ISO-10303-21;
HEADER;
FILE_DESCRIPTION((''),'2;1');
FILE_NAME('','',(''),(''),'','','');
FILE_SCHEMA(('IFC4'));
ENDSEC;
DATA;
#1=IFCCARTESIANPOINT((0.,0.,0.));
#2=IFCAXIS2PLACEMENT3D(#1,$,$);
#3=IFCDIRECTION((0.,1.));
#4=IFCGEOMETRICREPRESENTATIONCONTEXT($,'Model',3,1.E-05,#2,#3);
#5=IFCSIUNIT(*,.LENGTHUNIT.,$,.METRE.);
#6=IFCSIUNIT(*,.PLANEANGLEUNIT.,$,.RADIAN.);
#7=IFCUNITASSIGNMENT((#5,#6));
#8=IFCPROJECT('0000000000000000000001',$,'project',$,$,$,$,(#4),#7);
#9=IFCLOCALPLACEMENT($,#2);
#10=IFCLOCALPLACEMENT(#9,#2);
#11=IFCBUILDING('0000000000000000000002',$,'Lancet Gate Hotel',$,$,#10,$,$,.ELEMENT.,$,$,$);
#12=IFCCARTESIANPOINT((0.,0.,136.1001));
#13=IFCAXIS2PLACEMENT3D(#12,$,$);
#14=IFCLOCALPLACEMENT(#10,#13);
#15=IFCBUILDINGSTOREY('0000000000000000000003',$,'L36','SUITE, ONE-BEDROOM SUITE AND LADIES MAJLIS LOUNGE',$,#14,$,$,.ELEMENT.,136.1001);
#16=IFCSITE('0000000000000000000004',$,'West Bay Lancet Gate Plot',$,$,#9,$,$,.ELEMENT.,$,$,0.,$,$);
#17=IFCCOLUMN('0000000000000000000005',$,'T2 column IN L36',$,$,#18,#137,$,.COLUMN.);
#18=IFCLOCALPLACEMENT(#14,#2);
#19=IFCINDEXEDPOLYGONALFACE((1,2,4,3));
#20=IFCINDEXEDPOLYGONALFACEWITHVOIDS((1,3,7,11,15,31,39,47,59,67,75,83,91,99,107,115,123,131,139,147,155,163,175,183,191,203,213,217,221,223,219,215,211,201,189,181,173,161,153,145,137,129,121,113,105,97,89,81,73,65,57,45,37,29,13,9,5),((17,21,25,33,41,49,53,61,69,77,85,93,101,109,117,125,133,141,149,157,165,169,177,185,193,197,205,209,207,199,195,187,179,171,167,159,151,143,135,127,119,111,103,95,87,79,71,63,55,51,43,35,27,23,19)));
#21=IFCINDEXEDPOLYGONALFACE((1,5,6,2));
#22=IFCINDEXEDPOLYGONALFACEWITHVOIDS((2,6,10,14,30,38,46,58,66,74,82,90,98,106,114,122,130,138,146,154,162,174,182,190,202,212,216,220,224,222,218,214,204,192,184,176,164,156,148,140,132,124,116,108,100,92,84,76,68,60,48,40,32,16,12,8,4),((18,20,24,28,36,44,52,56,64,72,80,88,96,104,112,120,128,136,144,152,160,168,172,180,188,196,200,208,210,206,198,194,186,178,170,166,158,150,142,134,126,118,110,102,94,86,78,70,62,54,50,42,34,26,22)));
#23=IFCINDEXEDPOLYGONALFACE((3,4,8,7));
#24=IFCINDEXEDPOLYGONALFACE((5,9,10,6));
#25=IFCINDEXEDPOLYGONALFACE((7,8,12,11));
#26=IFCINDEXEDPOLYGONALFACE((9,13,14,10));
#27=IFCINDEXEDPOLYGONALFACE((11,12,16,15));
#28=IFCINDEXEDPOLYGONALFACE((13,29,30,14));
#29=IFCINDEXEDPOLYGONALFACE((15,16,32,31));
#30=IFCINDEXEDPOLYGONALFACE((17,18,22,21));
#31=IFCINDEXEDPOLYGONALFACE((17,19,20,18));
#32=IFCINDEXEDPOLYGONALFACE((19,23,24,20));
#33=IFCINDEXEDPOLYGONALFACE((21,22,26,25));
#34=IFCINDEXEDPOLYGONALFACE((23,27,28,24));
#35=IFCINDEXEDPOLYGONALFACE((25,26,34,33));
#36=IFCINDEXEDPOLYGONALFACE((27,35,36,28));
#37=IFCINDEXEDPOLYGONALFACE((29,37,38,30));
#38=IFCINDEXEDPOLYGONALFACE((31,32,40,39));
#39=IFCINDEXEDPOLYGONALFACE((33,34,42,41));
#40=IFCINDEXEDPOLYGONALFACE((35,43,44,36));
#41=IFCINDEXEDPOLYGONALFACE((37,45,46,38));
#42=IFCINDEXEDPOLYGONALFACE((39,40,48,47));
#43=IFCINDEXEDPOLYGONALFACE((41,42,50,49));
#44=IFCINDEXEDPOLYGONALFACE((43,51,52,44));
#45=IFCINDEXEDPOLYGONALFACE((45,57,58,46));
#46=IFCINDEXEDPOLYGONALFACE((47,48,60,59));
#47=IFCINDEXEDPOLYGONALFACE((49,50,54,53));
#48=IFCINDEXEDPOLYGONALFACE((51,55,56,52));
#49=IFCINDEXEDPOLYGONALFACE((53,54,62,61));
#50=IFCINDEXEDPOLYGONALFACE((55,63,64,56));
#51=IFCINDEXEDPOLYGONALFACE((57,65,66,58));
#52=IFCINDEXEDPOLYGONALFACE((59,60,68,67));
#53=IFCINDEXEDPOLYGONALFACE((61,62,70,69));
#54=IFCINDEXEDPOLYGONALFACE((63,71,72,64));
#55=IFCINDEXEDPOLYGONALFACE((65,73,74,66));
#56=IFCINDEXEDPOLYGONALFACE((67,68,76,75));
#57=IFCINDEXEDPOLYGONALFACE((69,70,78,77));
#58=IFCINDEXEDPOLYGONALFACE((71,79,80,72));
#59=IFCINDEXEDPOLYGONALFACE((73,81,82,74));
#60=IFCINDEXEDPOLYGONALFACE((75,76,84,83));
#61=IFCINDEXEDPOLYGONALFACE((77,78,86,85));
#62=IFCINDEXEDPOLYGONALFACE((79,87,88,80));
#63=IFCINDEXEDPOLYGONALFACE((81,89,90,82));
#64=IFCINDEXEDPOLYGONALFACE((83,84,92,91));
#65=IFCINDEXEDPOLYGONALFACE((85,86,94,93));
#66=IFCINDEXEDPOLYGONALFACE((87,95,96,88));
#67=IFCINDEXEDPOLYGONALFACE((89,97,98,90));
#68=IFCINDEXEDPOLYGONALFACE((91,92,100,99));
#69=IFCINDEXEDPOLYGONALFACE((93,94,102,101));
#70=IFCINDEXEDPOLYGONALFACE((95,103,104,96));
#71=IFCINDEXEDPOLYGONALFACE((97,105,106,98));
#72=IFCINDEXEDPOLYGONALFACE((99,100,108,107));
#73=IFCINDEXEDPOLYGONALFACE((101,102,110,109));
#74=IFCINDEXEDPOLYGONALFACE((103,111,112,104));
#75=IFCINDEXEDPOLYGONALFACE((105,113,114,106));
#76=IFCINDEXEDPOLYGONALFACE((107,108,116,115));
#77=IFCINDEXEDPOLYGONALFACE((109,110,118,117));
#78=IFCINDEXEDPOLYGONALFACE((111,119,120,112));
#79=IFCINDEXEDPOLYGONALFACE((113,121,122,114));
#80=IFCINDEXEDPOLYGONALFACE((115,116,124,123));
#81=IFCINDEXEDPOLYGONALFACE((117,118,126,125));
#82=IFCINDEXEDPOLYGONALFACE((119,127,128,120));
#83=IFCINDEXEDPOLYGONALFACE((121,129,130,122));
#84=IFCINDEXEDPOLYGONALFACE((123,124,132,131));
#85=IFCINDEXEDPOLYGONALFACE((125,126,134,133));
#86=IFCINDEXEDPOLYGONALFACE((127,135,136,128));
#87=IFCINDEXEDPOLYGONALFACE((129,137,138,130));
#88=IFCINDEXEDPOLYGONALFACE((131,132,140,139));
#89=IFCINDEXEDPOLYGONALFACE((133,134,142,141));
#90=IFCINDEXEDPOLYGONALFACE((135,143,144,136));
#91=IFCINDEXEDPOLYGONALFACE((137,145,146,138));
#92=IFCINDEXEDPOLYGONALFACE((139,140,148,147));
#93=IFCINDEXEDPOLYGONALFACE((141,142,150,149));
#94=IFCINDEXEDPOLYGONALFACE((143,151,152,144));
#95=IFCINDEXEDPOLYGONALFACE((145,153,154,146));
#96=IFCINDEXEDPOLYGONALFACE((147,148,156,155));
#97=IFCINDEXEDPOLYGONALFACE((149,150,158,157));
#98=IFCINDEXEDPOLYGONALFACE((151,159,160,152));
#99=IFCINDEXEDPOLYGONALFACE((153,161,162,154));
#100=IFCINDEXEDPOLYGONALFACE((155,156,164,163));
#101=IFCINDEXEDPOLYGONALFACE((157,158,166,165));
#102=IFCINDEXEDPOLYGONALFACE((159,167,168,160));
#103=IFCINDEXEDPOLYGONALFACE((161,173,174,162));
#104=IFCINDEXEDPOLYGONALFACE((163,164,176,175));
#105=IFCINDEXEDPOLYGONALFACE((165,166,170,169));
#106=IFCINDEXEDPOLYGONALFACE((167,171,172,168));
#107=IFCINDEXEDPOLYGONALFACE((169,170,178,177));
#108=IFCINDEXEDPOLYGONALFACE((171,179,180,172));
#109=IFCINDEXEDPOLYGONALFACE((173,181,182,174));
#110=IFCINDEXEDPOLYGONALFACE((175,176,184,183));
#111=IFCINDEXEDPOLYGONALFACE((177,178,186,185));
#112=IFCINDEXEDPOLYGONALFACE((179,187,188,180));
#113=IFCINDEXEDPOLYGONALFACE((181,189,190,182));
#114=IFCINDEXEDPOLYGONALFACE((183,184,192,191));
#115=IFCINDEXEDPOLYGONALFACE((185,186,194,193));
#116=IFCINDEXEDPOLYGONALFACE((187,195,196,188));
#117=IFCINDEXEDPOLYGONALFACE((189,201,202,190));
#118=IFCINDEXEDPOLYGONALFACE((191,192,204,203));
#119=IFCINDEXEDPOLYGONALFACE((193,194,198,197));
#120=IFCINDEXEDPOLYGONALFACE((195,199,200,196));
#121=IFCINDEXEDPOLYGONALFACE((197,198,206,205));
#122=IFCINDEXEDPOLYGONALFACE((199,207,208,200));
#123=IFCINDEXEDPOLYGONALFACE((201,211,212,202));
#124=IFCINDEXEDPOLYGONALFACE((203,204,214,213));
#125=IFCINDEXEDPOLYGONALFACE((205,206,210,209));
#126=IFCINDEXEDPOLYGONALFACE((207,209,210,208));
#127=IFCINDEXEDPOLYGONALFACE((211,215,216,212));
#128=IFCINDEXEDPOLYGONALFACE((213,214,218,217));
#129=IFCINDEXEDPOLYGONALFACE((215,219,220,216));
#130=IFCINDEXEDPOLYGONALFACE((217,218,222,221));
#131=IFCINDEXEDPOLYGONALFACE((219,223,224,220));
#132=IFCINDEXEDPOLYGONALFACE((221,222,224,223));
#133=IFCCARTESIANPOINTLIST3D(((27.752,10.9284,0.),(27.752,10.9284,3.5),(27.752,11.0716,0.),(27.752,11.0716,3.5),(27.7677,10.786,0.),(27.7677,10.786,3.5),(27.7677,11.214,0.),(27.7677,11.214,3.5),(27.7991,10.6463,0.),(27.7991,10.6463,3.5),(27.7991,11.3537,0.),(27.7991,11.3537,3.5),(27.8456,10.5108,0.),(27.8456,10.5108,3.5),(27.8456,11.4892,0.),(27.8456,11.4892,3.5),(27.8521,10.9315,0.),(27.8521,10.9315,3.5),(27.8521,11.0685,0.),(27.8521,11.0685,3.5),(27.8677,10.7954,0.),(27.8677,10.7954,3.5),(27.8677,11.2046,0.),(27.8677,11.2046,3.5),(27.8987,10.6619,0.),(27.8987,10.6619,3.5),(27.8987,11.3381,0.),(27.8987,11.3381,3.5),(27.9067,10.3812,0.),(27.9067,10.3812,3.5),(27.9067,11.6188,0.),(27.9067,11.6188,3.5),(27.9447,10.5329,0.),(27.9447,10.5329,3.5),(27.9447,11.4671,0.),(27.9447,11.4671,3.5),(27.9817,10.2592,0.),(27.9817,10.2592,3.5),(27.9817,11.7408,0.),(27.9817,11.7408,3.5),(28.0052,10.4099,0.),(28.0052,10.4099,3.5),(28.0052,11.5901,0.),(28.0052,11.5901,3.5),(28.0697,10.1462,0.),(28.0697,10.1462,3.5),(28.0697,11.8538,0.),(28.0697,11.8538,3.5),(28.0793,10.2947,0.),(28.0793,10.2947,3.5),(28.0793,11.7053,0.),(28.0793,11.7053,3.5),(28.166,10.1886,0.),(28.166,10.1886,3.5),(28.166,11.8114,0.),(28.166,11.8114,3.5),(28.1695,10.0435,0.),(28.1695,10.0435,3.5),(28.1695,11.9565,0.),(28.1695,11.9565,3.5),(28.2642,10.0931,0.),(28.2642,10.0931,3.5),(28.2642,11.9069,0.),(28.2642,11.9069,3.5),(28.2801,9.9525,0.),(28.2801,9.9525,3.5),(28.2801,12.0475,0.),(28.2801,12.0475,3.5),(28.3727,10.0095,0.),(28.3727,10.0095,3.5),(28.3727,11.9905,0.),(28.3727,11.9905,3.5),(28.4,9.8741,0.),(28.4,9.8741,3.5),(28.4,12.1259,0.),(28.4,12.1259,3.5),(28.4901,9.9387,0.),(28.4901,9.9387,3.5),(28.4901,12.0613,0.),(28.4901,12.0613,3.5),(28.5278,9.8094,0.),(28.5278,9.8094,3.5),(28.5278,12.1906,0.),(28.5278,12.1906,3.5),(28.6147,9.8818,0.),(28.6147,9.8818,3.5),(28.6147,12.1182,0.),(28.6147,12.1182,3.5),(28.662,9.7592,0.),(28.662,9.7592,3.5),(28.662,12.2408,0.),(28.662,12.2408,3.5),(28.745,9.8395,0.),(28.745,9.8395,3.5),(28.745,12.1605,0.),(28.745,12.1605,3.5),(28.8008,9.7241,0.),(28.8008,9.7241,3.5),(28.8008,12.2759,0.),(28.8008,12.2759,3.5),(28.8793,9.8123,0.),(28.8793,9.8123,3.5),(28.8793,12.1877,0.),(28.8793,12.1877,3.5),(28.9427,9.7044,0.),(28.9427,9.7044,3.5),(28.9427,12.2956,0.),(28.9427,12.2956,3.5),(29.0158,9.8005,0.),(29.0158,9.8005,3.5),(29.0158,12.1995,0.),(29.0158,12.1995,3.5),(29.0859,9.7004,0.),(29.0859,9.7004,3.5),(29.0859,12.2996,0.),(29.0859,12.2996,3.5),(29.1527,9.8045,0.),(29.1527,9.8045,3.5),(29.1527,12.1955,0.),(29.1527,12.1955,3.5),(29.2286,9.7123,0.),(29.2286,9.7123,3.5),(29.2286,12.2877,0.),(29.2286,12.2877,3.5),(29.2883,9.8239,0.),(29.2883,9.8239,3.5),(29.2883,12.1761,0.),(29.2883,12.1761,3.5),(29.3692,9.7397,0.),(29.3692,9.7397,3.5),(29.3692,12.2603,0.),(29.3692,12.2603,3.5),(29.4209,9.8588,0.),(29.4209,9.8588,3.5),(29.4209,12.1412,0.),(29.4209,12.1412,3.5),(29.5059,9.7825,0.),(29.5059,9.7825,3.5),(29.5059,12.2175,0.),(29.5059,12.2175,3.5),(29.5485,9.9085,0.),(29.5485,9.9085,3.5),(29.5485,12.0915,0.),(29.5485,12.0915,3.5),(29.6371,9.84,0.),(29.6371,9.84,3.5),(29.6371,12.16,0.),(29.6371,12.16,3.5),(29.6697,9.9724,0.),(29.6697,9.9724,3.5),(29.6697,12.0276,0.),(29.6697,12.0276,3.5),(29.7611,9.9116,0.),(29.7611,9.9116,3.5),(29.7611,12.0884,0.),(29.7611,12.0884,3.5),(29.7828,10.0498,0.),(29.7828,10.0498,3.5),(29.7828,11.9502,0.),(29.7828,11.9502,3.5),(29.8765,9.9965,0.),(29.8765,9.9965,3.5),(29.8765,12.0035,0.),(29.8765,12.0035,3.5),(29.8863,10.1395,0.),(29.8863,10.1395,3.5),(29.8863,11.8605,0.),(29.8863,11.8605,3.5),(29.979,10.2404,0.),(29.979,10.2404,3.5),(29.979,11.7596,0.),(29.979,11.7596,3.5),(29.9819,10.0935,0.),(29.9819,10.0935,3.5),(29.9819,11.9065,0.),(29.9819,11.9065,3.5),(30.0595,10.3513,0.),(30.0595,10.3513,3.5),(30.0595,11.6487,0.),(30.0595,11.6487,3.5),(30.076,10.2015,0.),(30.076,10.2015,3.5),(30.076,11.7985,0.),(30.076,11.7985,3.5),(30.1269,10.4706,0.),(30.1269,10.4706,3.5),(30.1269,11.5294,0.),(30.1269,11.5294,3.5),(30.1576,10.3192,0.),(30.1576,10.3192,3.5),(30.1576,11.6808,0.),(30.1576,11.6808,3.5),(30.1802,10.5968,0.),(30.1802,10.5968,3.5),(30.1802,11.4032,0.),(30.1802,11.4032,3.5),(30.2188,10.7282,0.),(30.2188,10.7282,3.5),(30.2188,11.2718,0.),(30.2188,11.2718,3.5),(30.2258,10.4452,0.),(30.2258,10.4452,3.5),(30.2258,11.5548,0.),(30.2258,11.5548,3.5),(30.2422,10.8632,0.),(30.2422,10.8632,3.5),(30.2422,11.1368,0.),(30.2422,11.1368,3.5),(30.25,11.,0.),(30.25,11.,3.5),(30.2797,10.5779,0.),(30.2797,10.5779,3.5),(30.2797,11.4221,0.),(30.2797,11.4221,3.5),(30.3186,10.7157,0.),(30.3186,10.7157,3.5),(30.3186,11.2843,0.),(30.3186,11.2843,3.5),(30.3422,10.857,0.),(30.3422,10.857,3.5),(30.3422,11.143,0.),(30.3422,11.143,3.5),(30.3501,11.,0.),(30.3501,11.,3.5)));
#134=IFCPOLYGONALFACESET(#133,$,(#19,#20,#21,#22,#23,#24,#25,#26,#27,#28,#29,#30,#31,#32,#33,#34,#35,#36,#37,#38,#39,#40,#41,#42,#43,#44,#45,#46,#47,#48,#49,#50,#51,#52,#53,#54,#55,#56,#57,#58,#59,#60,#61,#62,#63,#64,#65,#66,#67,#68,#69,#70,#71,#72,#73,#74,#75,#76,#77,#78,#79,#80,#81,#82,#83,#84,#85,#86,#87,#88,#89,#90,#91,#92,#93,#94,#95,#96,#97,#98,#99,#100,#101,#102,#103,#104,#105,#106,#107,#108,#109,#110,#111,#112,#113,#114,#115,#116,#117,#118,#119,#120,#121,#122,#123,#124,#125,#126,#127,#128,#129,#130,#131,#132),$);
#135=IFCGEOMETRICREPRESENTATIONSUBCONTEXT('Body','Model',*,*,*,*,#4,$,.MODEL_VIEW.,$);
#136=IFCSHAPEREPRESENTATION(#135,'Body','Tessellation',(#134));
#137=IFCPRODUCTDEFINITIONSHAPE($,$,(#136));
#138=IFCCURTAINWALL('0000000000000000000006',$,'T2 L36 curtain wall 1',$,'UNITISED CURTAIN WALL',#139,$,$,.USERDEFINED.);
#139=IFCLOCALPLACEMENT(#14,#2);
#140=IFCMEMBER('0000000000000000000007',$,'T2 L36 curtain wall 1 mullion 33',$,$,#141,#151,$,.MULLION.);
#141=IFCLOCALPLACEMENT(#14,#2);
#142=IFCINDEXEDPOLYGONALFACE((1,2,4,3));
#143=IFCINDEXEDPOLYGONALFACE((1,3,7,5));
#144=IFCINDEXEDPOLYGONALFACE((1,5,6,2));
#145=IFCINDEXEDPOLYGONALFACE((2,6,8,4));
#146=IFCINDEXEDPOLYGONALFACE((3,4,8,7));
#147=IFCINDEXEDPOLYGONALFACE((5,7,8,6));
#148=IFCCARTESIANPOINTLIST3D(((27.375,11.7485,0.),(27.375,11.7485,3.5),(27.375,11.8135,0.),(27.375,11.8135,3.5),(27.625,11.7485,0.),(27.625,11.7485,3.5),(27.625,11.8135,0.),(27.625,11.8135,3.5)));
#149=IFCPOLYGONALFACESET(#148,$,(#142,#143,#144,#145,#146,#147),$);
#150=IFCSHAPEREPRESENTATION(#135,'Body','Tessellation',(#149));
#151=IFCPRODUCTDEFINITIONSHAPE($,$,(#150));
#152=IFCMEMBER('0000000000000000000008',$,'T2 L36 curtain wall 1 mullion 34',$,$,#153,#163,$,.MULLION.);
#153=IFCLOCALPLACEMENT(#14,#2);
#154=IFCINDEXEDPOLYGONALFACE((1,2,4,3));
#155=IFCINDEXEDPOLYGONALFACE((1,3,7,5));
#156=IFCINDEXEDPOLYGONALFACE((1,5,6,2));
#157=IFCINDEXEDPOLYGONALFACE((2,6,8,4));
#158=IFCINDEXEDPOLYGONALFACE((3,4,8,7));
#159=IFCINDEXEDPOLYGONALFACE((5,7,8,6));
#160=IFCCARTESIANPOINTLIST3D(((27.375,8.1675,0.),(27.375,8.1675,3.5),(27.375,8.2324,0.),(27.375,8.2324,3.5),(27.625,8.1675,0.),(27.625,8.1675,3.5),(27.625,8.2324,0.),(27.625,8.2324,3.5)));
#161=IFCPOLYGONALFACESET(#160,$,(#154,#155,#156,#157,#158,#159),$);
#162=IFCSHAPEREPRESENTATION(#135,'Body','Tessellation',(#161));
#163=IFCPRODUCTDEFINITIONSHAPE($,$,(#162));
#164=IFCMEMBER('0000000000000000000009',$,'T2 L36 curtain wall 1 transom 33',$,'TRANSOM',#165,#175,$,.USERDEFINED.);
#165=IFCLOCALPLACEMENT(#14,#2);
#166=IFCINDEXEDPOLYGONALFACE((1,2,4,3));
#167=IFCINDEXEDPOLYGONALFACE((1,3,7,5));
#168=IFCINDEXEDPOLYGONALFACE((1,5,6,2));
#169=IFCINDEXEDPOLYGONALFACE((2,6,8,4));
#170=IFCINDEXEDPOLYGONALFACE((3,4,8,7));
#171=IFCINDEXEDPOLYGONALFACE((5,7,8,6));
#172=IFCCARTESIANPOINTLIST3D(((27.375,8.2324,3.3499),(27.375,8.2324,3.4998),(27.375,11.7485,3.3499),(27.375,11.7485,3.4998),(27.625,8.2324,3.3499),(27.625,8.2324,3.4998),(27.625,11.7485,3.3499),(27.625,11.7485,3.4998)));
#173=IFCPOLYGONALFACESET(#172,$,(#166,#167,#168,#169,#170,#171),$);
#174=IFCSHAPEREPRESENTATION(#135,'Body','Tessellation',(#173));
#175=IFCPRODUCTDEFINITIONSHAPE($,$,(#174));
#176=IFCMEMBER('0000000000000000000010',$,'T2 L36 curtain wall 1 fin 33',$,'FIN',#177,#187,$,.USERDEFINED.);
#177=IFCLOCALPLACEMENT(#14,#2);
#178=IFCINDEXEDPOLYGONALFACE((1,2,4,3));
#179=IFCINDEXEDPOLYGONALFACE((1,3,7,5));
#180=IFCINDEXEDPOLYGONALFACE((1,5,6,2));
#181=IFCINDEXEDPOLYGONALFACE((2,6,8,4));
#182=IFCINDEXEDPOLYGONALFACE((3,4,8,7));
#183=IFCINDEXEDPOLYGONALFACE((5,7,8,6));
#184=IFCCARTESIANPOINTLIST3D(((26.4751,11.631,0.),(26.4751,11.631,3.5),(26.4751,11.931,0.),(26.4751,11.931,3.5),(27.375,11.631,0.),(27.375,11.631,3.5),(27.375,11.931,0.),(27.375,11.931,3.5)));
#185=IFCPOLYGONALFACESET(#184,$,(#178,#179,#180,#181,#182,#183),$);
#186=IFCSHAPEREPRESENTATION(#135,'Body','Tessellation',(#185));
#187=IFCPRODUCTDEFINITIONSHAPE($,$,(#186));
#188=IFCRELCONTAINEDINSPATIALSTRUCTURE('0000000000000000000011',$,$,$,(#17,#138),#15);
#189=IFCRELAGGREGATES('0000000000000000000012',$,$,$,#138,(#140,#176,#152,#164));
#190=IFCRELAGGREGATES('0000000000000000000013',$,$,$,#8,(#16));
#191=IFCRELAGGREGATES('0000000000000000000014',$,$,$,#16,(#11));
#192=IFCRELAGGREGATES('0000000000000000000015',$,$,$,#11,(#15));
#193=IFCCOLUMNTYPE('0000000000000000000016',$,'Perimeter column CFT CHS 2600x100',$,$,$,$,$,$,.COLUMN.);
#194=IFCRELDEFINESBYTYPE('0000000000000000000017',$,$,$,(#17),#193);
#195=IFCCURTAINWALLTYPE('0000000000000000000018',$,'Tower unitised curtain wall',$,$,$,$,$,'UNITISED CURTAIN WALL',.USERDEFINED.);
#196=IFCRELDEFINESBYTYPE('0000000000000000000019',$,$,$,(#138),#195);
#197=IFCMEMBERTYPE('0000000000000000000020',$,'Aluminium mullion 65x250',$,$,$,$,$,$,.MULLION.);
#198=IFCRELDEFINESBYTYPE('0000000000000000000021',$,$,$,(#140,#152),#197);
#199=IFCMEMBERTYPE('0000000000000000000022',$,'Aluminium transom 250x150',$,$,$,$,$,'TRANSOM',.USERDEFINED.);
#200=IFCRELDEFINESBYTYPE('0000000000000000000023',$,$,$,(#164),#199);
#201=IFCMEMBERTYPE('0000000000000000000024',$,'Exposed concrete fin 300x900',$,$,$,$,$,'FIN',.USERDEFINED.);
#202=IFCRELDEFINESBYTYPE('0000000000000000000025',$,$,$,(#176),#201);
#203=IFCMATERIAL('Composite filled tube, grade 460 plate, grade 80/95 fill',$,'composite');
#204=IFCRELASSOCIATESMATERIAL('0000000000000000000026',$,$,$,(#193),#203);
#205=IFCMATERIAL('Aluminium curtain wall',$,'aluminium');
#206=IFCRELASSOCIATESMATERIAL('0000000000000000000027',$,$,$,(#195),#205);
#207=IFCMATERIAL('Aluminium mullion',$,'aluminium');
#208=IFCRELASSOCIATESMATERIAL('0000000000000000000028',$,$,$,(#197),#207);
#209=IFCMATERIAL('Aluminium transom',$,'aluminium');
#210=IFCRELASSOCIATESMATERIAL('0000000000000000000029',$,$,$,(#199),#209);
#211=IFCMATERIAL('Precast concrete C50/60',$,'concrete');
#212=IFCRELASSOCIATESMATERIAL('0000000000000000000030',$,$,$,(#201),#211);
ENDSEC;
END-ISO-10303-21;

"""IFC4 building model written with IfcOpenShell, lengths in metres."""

from ifc_helpers import new_model, si_unit, direction, frame, origin, origin_2d, place, context, subcontext, project, spatial, rectangle, hollow_circle, extrude, material, material_profile, profile_set, type_object, element, aggregate, save


model = new_model("IFC4")

# Units and contexts
model_context = context("Model", 3, precision=1e-05, world=origin(), true_north=direction((0.0, 1.0)))
body_context = subcontext(model_context, "Body", "Model", "MODEL_VIEW")
ifc_project = project(units=[si_unit("LENGTHUNIT", "METRE"), si_unit("PLANEANGLEUNIT", "RADIAN")], contexts=[model_context])

# Site, building, storey
site_placement = place(None, origin())
site = spatial("IfcSite", under=ifc_project, at=site_placement, Name="West Bay Lancet Gate Plot", CompositionType="ELEMENT", RefElevation=0.0)
building_placement = place(site_placement, origin())
building = spatial("IfcBuilding", under=site, at=building_placement, Name="Lancet Gate Hotel", CompositionType="ELEMENT")
storey_placement = place(building_placement, frame((0.0, 0.0, 136.1001)))
storey = spatial("IfcBuildingStorey", under=building, at=storey_placement, Name="L36", Description="SUITE, ONE-BEDROOM SUITE AND LADIES MAJLIS LOUNGE", CompositionType="ELEMENT", Elevation=136.1001)

# Column
ifc_material_1 = material(Name="Composite filled tube, grade 460 plate, grade 80/95 fill", Category="composite")
ifc_material_profile_1 = material_profile(ifc_material_1, hollow_circle(Radius=1.3, WallThickness=0.1001, at=origin_2d()), Name="CHS 2600x100")
ifc_profile_set_1 = profile_set([ifc_material_profile_1], Name="Composite filled tube, grade 460 plate, grade 80/95 fill")
column_type = type_object("IfcColumnType", Name="Perimeter column CFT CHS 2600x100", PredefinedType="COLUMN", material=ifc_profile_set_1)
column_placement = place(storey_placement, frame((29.05, 11.0, 0.0), z_axis=(0.0, 0.0, 1.0), x_axis=(1.0, 0.0, 0.0)))
element("IfcColumn", 1, at=column_placement, inside=storey, type_object=column_type, Name="T2 column IN L36", PredefinedType="COLUMN", context=body_context, shape_type="SweptSolid", body=[
    extrude(hollow_circle(Radius=1.3, WallThickness=0.1001, at=origin_2d()), origin(), (0.0, 0.0, 1.0), 3.5),
])

# Curtain wall, members
ifc_material_2 = material(Name="Aluminium curtain wall", Category="aluminium")
curtain_wall_type = type_object("IfcCurtainWallType", Name="Tower unitised curtain wall", ElementType="UNITISED CURTAIN WALL", PredefinedType="USERDEFINED", material=ifc_material_2)
curtain_wall_placement = place(storey_placement, origin())
curtain_wall = element("IfcCurtainWall", 2, at=curtain_wall_placement, inside=storey, type_object=curtain_wall_type, Name="T2 L36 curtain wall 1", ObjectType="UNITISED CURTAIN WALL", PredefinedType="USERDEFINED")
ifc_material_3 = material(Name="Aluminium mullion", Category="aluminium")
ifc_material_profile_2 = material_profile(ifc_material_3, rectangle(XDim=0.0649, YDim=0.25, at=origin_2d()), Name="MULLION 65x250")
ifc_profile_set_2 = profile_set([ifc_material_profile_2], Name="Aluminium mullion")
member_type_1 = type_object("IfcMemberType", Name="Aluminium mullion 65x250", PredefinedType="MULLION", material=ifc_profile_set_2)
member_1_placement = place(storey_placement, frame((27.5, 11.781, 0.0), z_axis=(0.0, 0.0, 1.0), x_axis=(0.0, -1.0, 0.0)))
member_1 = element("IfcMember", 3, at=member_1_placement, type_object=member_type_1, Name="T2 L36 curtain wall 1 mullion 33", PredefinedType="MULLION", context=body_context, shape_type="SweptSolid", body=[
    extrude(rectangle(XDim=0.0649, YDim=0.25, at=origin_2d()), origin(), (0.0, 0.0, 1.0), 3.5),
])
member_2_placement = place(storey_placement, frame((27.5, 8.2, 0.0), z_axis=(0.0, 0.0, 1.0), x_axis=(0.0, -1.0, 0.0)))
member_2 = element("IfcMember", 4, at=member_2_placement, type_object=member_type_1, Name="T2 L36 curtain wall 1 mullion 34", PredefinedType="MULLION", context=body_context, shape_type="SweptSolid", body=[
    extrude(rectangle(XDim=0.0649, YDim=0.25, at=origin_2d()), origin(), (0.0, 0.0, 1.0), 3.5),
])
ifc_material_4 = material(Name="Aluminium transom", Category="aluminium")
ifc_material_profile_3 = material_profile(ifc_material_4, rectangle(XDim=0.25, YDim=0.1499, at=origin_2d()), Name="TRANSOM 250x150")
ifc_profile_set_3 = profile_set([ifc_material_profile_3], Name="Aluminium transom")
member_type_2 = type_object("IfcMemberType", Name="Aluminium transom 250x150", ElementType="TRANSOM", PredefinedType="USERDEFINED", material=ifc_profile_set_3)
member_3_placement = place(storey_placement, frame((27.5, 11.7485, 3.4248), z_axis=(0.0, -1.0, 0.0), x_axis=(1.0, 0.0, 0.0)))
member_3 = element("IfcMember", 5, at=member_3_placement, type_object=member_type_2, Name="T2 L36 curtain wall 1 transom 33", ObjectType="TRANSOM", PredefinedType="USERDEFINED", context=body_context, shape_type="SweptSolid", body=[
    extrude(rectangle(XDim=0.25, YDim=0.1499, at=origin_2d()), origin(), (0.0, 0.0, 1.0), 3.5161),
])
ifc_material_5 = material(Name="Precast concrete C50/60", Category="concrete")
ifc_material_profile_4 = material_profile(ifc_material_5, rectangle(XDim=0.3, YDim=0.8999, at=origin_2d()), Name="FIN 300x900")
ifc_profile_set_4 = profile_set([ifc_material_profile_4], Name="Precast concrete C50/60")
member_type_3 = type_object("IfcMemberType", Name="Exposed concrete fin 300x900", ElementType="FIN", PredefinedType="USERDEFINED", material=ifc_profile_set_4)
member_4_placement = place(storey_placement, frame((26.925, 11.781, 0.0), z_axis=(0.0, 0.0, 1.0), x_axis=(0.0, -1.0, 0.0)))
member_4 = element("IfcMember", 6, at=member_4_placement, type_object=member_type_3, Name="T2 L36 curtain wall 1 fin 33", ObjectType="FIN", PredefinedType="USERDEFINED", context=body_context, shape_type="SweptSolid", body=[
    extrude(rectangle(XDim=0.3, YDim=0.8999, at=origin_2d()), origin(), (0.0, 0.0, 1.0), 3.5),
])

aggregate(curtain_wall, [member_1, member_4, member_2, member_3])

save(model, "model.ifc")
